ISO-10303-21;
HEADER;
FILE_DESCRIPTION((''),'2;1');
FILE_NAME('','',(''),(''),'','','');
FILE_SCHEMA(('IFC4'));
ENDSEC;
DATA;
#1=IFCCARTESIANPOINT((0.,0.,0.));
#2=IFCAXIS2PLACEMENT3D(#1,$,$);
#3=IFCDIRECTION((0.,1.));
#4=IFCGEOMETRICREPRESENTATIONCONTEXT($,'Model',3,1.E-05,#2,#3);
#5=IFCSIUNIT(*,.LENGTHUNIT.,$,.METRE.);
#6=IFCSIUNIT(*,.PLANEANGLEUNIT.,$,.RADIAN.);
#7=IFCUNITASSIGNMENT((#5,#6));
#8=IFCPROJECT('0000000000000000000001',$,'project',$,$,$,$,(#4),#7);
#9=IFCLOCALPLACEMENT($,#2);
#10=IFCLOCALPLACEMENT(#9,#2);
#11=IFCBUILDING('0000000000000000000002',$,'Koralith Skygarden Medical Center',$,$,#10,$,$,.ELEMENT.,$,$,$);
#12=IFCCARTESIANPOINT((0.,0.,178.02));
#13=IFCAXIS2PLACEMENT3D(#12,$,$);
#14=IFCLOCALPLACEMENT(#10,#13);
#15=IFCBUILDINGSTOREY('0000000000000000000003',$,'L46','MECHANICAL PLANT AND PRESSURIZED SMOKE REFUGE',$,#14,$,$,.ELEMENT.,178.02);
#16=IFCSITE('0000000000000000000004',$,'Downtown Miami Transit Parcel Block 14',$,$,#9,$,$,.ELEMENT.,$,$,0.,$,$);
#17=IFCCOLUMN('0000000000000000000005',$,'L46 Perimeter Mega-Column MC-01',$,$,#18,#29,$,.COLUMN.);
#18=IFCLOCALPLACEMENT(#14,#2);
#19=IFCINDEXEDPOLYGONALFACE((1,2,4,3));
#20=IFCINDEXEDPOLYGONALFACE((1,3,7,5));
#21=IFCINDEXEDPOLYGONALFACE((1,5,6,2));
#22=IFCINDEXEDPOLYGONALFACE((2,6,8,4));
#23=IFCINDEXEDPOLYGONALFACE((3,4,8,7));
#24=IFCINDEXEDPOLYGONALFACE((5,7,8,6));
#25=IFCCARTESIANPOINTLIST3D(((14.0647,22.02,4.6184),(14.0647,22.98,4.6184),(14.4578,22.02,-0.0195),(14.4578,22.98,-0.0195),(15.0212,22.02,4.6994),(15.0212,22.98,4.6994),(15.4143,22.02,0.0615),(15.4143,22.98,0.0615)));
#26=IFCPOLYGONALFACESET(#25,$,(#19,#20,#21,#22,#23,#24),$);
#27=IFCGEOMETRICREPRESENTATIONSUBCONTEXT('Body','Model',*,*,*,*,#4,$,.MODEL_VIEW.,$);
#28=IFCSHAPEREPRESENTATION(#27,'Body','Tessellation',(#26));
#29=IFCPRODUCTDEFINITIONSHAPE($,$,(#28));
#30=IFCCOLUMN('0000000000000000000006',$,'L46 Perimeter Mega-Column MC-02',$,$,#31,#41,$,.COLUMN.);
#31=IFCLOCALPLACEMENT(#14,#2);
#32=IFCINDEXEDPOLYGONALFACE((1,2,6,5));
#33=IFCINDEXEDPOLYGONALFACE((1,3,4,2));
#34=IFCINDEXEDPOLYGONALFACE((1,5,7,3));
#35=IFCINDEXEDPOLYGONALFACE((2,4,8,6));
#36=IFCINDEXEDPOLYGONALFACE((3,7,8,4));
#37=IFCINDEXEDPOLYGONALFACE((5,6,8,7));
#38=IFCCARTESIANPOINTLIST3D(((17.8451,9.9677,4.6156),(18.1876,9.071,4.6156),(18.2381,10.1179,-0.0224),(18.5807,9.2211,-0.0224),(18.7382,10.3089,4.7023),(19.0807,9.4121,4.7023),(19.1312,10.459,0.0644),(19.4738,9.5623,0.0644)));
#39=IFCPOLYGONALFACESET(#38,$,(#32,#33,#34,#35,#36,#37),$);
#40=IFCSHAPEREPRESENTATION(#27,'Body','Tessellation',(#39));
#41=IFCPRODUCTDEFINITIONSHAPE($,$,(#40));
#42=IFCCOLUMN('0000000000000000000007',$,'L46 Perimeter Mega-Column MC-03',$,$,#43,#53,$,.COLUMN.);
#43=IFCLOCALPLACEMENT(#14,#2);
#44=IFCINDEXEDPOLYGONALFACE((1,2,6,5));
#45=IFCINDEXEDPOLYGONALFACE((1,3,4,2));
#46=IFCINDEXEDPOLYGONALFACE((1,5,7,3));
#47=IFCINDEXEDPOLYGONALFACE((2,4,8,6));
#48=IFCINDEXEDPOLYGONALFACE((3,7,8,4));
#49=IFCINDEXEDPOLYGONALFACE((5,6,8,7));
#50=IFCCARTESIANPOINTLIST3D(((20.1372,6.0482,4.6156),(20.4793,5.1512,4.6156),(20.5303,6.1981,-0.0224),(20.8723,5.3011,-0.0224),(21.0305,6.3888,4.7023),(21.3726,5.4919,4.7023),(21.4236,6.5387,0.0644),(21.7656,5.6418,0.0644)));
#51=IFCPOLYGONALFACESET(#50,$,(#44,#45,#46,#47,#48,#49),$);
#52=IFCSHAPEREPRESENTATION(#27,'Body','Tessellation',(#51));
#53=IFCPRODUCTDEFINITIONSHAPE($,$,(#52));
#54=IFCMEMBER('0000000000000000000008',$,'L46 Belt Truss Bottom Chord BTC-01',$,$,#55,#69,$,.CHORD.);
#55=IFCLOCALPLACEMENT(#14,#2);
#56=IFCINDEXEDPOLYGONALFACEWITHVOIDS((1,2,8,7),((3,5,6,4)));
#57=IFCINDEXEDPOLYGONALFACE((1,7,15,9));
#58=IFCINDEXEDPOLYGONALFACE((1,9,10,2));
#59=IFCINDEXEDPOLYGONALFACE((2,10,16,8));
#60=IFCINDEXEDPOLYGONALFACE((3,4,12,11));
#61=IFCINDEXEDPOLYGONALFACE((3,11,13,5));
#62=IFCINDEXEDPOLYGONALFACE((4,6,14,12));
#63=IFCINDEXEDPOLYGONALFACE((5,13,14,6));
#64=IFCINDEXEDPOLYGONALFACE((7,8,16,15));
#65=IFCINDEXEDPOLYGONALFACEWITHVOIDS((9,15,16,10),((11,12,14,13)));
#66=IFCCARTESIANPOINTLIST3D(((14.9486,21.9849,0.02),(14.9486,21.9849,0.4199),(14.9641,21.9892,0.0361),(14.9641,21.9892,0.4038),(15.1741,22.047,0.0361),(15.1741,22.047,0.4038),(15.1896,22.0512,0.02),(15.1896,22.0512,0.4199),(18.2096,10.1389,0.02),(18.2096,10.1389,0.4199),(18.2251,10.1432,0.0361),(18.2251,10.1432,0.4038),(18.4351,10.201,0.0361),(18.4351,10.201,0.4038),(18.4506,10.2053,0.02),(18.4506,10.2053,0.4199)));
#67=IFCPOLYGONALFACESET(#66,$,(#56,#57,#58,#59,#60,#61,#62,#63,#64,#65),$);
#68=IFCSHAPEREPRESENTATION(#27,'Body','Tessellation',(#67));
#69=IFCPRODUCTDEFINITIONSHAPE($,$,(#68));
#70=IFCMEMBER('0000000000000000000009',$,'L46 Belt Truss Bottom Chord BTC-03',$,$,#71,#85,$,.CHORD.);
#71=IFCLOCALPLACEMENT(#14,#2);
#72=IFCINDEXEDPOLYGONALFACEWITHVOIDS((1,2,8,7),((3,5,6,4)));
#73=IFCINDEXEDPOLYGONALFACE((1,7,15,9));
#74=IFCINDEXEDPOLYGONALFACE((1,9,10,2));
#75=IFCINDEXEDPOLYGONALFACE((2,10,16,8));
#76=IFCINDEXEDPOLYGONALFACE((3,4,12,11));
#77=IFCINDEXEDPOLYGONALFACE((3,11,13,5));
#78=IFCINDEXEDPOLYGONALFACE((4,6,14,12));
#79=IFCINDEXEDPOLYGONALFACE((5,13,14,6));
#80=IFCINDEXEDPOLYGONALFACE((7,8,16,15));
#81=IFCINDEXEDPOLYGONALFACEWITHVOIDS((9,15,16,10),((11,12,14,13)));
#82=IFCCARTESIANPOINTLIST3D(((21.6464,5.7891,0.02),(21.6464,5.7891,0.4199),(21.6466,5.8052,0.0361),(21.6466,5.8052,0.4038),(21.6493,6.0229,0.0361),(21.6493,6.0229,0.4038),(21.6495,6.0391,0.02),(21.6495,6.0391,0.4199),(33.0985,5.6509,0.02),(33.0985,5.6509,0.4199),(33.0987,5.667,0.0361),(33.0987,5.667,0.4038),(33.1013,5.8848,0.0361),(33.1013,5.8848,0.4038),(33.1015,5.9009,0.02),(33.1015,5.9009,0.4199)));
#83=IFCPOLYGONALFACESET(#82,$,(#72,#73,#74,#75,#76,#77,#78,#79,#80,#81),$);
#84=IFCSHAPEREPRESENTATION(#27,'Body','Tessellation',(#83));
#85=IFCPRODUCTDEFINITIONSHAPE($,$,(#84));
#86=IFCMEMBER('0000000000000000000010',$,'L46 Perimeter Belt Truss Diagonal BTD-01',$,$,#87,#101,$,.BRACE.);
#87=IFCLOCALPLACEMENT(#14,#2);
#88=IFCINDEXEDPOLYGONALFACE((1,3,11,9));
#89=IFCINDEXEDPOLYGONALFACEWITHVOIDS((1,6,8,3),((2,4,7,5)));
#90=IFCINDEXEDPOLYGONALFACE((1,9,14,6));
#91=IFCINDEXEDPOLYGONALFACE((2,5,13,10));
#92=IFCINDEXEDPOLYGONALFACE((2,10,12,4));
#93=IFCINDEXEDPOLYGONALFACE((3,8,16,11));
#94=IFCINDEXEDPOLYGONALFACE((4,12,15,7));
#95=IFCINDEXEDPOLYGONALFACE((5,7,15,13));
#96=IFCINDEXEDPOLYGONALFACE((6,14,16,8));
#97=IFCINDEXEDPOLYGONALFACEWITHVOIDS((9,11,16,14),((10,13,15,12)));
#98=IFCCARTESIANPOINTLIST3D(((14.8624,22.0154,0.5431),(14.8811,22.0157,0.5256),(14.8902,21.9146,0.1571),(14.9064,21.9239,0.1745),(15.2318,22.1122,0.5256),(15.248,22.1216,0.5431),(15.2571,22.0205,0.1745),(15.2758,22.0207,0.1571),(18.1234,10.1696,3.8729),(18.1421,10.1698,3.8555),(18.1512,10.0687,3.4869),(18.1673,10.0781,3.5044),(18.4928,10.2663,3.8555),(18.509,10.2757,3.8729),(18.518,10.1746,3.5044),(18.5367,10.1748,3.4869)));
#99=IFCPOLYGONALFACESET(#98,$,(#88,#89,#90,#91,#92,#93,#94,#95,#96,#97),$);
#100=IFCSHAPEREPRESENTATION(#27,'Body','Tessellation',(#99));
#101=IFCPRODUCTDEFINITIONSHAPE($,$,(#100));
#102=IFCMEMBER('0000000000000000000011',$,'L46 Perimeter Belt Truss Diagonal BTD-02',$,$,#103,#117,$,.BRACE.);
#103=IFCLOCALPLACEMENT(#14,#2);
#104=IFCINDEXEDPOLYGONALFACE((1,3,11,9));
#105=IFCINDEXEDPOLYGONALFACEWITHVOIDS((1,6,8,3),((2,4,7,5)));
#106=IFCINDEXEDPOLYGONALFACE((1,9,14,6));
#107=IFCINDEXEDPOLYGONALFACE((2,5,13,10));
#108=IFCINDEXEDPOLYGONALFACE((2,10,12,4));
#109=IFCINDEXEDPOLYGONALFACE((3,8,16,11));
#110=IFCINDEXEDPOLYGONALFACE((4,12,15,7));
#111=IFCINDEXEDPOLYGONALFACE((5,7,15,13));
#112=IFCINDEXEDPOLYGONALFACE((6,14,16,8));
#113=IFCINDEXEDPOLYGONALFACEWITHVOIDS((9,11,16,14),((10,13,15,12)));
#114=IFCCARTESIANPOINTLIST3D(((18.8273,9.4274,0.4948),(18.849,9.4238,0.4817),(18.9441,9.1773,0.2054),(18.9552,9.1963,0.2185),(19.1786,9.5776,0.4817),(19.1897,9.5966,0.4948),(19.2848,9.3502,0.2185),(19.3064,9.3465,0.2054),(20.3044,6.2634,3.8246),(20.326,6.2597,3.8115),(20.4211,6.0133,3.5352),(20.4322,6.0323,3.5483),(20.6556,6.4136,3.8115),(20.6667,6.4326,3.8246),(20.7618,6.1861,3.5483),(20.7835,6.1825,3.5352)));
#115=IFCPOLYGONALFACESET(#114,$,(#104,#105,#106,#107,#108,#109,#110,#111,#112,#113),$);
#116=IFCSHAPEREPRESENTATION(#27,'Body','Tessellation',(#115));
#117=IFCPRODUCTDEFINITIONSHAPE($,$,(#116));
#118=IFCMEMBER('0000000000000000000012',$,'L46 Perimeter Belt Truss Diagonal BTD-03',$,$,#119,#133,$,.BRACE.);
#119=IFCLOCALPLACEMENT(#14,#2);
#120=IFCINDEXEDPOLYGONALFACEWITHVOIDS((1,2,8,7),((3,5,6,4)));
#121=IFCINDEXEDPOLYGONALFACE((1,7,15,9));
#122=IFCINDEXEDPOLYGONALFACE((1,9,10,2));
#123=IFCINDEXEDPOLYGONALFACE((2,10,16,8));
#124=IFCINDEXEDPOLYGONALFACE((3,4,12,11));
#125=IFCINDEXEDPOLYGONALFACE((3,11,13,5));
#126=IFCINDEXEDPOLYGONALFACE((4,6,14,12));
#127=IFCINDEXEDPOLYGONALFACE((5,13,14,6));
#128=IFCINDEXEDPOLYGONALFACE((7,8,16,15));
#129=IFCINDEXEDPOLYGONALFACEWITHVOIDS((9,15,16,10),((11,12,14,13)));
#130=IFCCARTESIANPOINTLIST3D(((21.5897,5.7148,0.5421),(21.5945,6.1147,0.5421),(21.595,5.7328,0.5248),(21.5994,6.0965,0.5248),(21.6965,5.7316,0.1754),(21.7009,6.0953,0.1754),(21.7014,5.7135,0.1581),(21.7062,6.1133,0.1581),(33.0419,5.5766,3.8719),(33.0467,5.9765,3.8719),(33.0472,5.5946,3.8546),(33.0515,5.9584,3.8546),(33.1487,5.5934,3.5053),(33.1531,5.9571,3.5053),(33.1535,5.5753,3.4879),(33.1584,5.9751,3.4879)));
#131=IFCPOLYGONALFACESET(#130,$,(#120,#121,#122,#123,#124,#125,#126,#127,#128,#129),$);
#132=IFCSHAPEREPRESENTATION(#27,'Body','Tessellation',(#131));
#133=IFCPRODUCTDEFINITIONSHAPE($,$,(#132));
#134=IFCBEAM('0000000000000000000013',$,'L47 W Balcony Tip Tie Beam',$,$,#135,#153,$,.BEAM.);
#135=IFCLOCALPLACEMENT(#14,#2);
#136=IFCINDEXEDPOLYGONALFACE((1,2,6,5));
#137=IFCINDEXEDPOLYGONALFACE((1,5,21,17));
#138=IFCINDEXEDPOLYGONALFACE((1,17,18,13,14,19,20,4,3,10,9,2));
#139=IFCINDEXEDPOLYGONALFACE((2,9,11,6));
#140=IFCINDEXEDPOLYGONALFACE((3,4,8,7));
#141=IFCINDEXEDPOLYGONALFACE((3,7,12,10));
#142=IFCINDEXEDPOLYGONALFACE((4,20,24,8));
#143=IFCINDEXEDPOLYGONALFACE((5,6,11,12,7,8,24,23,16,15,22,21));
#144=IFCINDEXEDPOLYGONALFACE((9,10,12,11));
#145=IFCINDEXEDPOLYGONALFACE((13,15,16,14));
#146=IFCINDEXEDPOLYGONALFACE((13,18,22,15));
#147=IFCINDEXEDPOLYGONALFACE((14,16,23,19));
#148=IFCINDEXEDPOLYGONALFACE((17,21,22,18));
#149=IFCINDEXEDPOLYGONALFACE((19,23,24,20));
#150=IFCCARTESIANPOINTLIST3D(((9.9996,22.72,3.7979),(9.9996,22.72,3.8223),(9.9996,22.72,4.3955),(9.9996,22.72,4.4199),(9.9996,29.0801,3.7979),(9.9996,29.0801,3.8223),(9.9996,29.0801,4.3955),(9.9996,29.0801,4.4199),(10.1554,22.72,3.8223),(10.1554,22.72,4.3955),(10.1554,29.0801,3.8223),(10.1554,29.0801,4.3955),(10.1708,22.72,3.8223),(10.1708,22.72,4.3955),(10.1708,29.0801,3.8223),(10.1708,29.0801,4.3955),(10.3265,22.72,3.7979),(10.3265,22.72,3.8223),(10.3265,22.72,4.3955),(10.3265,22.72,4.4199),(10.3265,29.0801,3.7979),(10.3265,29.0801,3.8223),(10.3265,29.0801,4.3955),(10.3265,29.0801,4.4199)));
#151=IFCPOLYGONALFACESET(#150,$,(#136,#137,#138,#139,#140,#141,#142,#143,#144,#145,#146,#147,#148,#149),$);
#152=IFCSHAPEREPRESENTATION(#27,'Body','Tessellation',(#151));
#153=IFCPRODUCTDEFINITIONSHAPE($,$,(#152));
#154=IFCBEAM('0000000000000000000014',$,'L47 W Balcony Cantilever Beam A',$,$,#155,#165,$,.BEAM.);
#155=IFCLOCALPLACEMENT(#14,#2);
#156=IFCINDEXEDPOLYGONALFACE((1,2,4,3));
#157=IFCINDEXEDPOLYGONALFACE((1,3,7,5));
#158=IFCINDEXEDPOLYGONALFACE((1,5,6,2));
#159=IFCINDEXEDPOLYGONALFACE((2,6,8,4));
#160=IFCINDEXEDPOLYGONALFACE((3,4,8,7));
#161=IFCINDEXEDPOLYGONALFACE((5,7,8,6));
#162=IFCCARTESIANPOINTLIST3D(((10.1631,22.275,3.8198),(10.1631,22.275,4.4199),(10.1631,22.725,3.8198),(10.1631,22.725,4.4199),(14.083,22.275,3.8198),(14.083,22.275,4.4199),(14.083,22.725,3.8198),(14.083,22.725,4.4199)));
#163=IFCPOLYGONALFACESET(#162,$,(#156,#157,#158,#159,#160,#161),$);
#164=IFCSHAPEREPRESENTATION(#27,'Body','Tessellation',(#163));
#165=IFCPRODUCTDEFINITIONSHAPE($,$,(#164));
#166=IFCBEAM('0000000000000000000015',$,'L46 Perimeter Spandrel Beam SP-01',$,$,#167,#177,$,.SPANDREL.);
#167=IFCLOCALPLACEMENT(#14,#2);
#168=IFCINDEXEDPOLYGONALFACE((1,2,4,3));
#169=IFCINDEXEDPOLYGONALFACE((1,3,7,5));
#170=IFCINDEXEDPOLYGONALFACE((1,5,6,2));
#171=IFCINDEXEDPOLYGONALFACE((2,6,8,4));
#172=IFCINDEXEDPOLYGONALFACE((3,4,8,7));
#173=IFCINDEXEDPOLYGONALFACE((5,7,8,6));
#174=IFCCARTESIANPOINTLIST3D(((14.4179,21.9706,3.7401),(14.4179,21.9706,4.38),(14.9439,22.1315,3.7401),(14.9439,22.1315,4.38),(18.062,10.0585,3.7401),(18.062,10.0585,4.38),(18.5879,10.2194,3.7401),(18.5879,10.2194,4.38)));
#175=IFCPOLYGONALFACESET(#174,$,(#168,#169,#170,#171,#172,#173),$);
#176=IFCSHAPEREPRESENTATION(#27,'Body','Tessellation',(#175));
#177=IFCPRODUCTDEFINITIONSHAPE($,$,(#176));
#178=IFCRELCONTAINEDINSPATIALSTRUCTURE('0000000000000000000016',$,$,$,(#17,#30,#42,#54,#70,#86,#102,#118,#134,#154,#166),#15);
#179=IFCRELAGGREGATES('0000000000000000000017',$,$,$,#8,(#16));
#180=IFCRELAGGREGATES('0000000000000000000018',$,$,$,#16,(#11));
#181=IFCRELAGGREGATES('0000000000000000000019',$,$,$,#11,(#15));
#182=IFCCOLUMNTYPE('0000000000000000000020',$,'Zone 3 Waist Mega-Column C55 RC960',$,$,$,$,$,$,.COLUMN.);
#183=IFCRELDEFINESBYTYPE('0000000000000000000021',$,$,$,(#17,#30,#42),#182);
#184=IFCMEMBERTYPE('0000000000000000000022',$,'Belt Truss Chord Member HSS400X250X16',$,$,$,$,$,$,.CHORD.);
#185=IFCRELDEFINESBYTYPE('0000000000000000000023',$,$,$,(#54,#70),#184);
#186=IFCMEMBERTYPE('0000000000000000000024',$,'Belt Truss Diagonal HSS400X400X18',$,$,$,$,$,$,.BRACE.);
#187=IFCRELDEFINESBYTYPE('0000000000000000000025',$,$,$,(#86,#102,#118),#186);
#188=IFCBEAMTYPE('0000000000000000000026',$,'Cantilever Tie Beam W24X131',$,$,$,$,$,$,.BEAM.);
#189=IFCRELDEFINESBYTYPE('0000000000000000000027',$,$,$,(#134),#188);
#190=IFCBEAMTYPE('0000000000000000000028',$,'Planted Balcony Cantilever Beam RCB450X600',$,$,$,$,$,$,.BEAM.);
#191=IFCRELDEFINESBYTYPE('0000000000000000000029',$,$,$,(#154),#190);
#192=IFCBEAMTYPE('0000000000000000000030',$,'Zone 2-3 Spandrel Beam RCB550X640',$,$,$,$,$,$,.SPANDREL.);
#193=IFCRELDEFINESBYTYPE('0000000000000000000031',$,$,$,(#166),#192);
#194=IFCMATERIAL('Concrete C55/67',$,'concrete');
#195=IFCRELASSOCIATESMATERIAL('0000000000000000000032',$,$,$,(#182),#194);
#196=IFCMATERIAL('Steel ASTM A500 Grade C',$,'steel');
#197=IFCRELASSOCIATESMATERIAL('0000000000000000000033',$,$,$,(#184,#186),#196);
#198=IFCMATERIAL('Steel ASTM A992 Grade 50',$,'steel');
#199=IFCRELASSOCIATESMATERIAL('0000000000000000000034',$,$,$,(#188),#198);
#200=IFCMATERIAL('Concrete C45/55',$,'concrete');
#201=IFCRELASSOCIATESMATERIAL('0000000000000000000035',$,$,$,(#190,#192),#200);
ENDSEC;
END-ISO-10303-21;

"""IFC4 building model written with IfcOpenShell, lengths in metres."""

from ifc_helpers import new_model, si_unit, direction, frame, origin, origin_2d, place, context, subcontext, project, spatial, rectangle, hollow_rectangle, i_section, extrude, material, material_profile, profile_set, type_object, element, save


model = new_model("IFC4")

# Units and contexts
model_context = context("Model", 3, precision=1e-05, world=origin(), true_north=direction((0.0, 1.0)))
body_context = subcontext(model_context, "Body", "Model", "MODEL_VIEW")
ifc_project = project(units=[si_unit("LENGTHUNIT", "METRE"), si_unit("PLANEANGLEUNIT", "RADIAN")], contexts=[model_context])

# Site, building, storey
site_placement = place(None, origin())
site = spatial("IfcSite", under=ifc_project, at=site_placement, Name="Downtown Miami Transit Parcel Block 14", CompositionType="ELEMENT", RefElevation=0.0)
building_placement = place(site_placement, origin())
building = spatial("IfcBuilding", under=site, at=building_placement, Name="Koralith Skygarden Medical Center", CompositionType="ELEMENT")
storey_placement = place(building_placement, frame((0.0, 0.0, 178.02)))
storey = spatial("IfcBuildingStorey", under=building, at=storey_placement, Name="L46", Description="MECHANICAL PLANT AND PRESSURIZED SMOKE REFUGE", CompositionType="ELEMENT", Elevation=178.02)

# Columns
ifc_material_1 = material(Name="Concrete C55/67", Category="concrete")
ifc_material_profile_1 = material_profile(ifc_material_1, rectangle(XDim=0.96, YDim=0.96, at=origin_2d()), Name="RC960X960")
ifc_profile_set_1 = profile_set([ifc_material_profile_1], Name="Concrete C55/67")
column_type = type_object("IfcColumnType", Name="Zone 3 Waist Mega-Column C55 RC960", PredefinedType="COLUMN", material=ifc_profile_set_1)
column_placement = place(storey_placement, frame((14.936, 22.5, 0.021), z_axis=(-0.084447, 0.0, 0.996428), x_axis=(0.0, -1.0, 0.0)))
element("IfcColumn", 1, at=column_placement, inside=storey, type_object=column_type, Name="L46 Perimeter Mega-Column MC-01", PredefinedType="COLUMN", context=body_context, shape_type="SweptSolid", body=[
    extrude(rectangle(XDim=0.96, YDim=0.96, at=origin_2d()), origin(), (0.0, 0.0, 1.0), 4.6545),
])
for number, where, z_axis, x_axis, name in (
    (2, (18.856, 9.8401, 0.021), (-0.084404, -0.032241, 0.99591), (0.35684, -0.934166, 0.0), "L46 Perimeter Mega-Column MC-02"),
    (3, (21.1479, 5.9199, 0.021), (-0.084404, -0.032189, 0.995912), (0.356333, -0.934359, 0.0), "L46 Perimeter Mega-Column MC-03"),
):
    element("IfcColumn", number, at=place(storey_placement, frame(where, z_axis=z_axis, x_axis=x_axis)), inside=storey, type_object=column_type, Name=name, PredefinedType="COLUMN", context=body_context, shape_type="SweptSolid", body=[
        extrude(rectangle(XDim=0.96, YDim=0.96, at=origin_2d()), origin(), (0.0, 0.0, 1.0), 4.657),
    ])

# Members
ifc_material_2 = material(Name="Steel ASTM A500 Grade C", Category="steel")
ifc_material_profile_2 = material_profile(ifc_material_2, hollow_rectangle(XDim=0.25, YDim=0.3999, WallThickness=0.0161, at=origin_2d()), Name="HSS400X250X16")
ifc_profile_set_2 = profile_set([ifc_material_profile_2], Name="Steel ASTM A500 Grade C")
member_type_1 = type_object("IfcMemberType", Name="Belt Truss Chord Member HSS400X250X16", PredefinedType="CHORD", material=ifc_profile_set_2)
member_1_placement = place(storey_placement, frame((15.0691, 22.0181, 0.22), z_axis=(0.26541, -0.964136, 0.0), x_axis=(0.964136, 0.26541, 0.0)))
element("IfcMember", 4, at=member_1_placement, inside=storey, type_object=member_type_1, Name="L46 Belt Truss Bottom Chord BTC-01", PredefinedType="CHORD", context=body_context, shape_type="SweptSolid", body=[
    extrude(hollow_rectangle(XDim=0.25, YDim=0.3999, WallThickness=0.0161, at=origin_2d()), origin(), (0.0, 0.0, 1.0), 12.2866),
])
member_2_placement = place(storey_placement, frame((21.6479, 5.9141, 0.22), z_axis=(0.999927, -0.012065, 0.0), x_axis=(0.012065, 0.999927, 0.0)))
element("IfcMember", 5, at=member_2_placement, inside=storey, type_object=member_type_1, Name="L46 Belt Truss Bottom Chord BTC-03", PredefinedType="CHORD", context=body_context, shape_type="SweptSolid", body=[
    extrude(hollow_rectangle(XDim=0.25, YDim=0.3999, WallThickness=0.0161, at=origin_2d()), origin(), (0.0, 0.0, 1.0), 11.4529),
])
ifc_material_profile_3 = material_profile(ifc_material_2, hollow_rectangle(XDim=0.3999, YDim=0.3999, WallThickness=0.0181, at=origin_2d()), Name="HSS400X400X18")
ifc_profile_set_3 = profile_set([ifc_material_profile_3], Name="Steel ASTM A500 Grade C")
member_type_2 = type_object("IfcMemberType", Name="Belt Truss Diagonal HSS400X400X18", PredefinedType="BRACE", material=ifc_profile_set_3)
member_3_placement = place(storey_placement, frame((15.0691, 22.0181, 0.3501), z_axis=(0.256169, -0.930567, 0.261577), x_axis=(0.964136, 0.26541, 0.0)))
element("IfcMember", 6, at=member_3_placement, inside=storey, type_object=member_type_2, Name="L46 Perimeter Belt Truss Diagonal BTD-01", PredefinedType="BRACE", context=body_context, shape_type="SweptSolid", body=[
    extrude(hollow_rectangle(XDim=0.3999, YDim=0.3999, WallThickness=0.0181, at=origin_2d()), origin(), (0.0, 0.0, 1.0), 12.7297),
])
member_4_placement = place(storey_placement, frame((19.0669, 9.387, 0.3501), z_axis=(0.306124, -0.655762, 0.690119), x_axis=(0.90613, 0.423, 0.0)))
element("IfcMember", 7, at=member_4_placement, inside=storey, type_object=member_type_2, Name="L46 Perimeter Belt Truss Diagonal BTD-02", PredefinedType="BRACE", context=body_context, shape_type="SweptSolid", body=[
    extrude(hollow_rectangle(XDim=0.3999, YDim=0.3999, WallThickness=0.0181, at=origin_2d()), origin(), (0.0, 0.0, 1.0), 4.825),
])
member_5_placement = place(storey_placement, frame((21.6479, 5.9141, 0.3501), z_axis=(0.960169, -0.011586, 0.279179), x_axis=(0.012065, 0.999927, 0.0)))
element("IfcMember", 8, at=member_5_placement, inside=storey, type_object=member_type_2, Name="L46 Perimeter Belt Truss Diagonal BTD-03", PredefinedType="BRACE", context=body_context, shape_type="SweptSolid", body=[
    extrude(hollow_rectangle(XDim=0.3999, YDim=0.3999, WallThickness=0.0181, at=origin_2d()), origin(), (0.0, 0.0, 1.0), 11.9272),
])

# Beams
ifc_material_3 = material(Name="Steel ASTM A992 Grade 50", Category="steel")
ifc_material_profile_4 = material_profile(ifc_material_3, i_section(OverallWidth=0.3269, OverallDepth=0.6221, WebThickness=0.0154, FlangeThickness=0.0244, at=origin_2d()), Name="W24X131")
ifc_profile_set_4 = profile_set([ifc_material_profile_4], Name="Steel ASTM A992 Grade 50")
beam_type_1 = type_object("IfcBeamType", Name="Cantilever Tie Beam W24X131", PredefinedType="BEAM", material=ifc_profile_set_4)
beam_1_placement = place(storey_placement, frame((10.1631, 22.72, 4.1089), z_axis=(0.0, 1.0, 0.0), x_axis=(-1.0, 0.0, 0.0)))
element("IfcBeam", 9, at=beam_1_placement, inside=storey, type_object=beam_type_1, Name="L47 W Balcony Tip Tie Beam", PredefinedType="BEAM", context=body_context, shape_type="SweptSolid", body=[
    extrude(i_section(OverallWidth=0.3269, OverallDepth=0.6221, WebThickness=0.0154, FlangeThickness=0.0244, at=origin_2d()), origin(), (0.0, 0.0, 1.0), 6.3601),
])
ifc_material_4 = material(Name="Concrete C45/55", Category="concrete")
ifc_material_profile_5 = material_profile(ifc_material_4, rectangle(XDim=0.45, YDim=0.6001, at=origin_2d()), Name="RCB450X600")
ifc_profile_set_5 = profile_set([ifc_material_profile_5], Name="Concrete C45/55")
beam_type_2 = type_object("IfcBeamType", Name="Planted Balcony Cantilever Beam RCB450X600", PredefinedType="BEAM", material=ifc_profile_set_5)
beam_2_placement = place(storey_placement, frame((14.083, 22.5, 4.1199), z_axis=(-1.0, 0.0, 0.0), x_axis=(0.0, -1.0, 0.0)))
element("IfcBeam", 10, at=beam_2_placement, inside=storey, type_object=beam_type_2, Name="L47 W Balcony Cantilever Beam A", PredefinedType="BEAM", context=body_context, shape_type="SweptSolid", body=[
    extrude(rectangle(XDim=0.45, YDim=0.6001, at=origin_2d()), origin(), (0.0, 0.0, 1.0), 3.9199),
])
ifc_material_profile_6 = material_profile(ifc_material_4, rectangle(XDim=0.55, YDim=0.6399, at=origin_2d()), Name="RCB550X640")
ifc_profile_set_6 = profile_set([ifc_material_profile_6], Name="Concrete C45/55")
beam_type_3 = type_object("IfcBeamType", Name="Zone 2-3 Spandrel Beam RCB550X640", PredefinedType="SPANDREL", material=ifc_profile_set_6)
beam_3_placement = place(storey_placement, frame((14.6809, 22.051, 4.0601), z_axis=(0.292529, -0.956257, 0.0), x_axis=(0.956257, 0.292529, 0.0)))
element("IfcBeam", 11, at=beam_3_placement, inside=storey, type_object=beam_type_3, Name="L46 Perimeter Spandrel Beam SP-01", PredefinedType="SPANDREL", context=body_context, shape_type="SweptSolid", body=[
    extrude(rectangle(XDim=0.55, YDim=0.6399, at=origin_2d()), origin(), (0.0, 0.0, 1.0), 12.457),
])

save(model, "model.ifc")
